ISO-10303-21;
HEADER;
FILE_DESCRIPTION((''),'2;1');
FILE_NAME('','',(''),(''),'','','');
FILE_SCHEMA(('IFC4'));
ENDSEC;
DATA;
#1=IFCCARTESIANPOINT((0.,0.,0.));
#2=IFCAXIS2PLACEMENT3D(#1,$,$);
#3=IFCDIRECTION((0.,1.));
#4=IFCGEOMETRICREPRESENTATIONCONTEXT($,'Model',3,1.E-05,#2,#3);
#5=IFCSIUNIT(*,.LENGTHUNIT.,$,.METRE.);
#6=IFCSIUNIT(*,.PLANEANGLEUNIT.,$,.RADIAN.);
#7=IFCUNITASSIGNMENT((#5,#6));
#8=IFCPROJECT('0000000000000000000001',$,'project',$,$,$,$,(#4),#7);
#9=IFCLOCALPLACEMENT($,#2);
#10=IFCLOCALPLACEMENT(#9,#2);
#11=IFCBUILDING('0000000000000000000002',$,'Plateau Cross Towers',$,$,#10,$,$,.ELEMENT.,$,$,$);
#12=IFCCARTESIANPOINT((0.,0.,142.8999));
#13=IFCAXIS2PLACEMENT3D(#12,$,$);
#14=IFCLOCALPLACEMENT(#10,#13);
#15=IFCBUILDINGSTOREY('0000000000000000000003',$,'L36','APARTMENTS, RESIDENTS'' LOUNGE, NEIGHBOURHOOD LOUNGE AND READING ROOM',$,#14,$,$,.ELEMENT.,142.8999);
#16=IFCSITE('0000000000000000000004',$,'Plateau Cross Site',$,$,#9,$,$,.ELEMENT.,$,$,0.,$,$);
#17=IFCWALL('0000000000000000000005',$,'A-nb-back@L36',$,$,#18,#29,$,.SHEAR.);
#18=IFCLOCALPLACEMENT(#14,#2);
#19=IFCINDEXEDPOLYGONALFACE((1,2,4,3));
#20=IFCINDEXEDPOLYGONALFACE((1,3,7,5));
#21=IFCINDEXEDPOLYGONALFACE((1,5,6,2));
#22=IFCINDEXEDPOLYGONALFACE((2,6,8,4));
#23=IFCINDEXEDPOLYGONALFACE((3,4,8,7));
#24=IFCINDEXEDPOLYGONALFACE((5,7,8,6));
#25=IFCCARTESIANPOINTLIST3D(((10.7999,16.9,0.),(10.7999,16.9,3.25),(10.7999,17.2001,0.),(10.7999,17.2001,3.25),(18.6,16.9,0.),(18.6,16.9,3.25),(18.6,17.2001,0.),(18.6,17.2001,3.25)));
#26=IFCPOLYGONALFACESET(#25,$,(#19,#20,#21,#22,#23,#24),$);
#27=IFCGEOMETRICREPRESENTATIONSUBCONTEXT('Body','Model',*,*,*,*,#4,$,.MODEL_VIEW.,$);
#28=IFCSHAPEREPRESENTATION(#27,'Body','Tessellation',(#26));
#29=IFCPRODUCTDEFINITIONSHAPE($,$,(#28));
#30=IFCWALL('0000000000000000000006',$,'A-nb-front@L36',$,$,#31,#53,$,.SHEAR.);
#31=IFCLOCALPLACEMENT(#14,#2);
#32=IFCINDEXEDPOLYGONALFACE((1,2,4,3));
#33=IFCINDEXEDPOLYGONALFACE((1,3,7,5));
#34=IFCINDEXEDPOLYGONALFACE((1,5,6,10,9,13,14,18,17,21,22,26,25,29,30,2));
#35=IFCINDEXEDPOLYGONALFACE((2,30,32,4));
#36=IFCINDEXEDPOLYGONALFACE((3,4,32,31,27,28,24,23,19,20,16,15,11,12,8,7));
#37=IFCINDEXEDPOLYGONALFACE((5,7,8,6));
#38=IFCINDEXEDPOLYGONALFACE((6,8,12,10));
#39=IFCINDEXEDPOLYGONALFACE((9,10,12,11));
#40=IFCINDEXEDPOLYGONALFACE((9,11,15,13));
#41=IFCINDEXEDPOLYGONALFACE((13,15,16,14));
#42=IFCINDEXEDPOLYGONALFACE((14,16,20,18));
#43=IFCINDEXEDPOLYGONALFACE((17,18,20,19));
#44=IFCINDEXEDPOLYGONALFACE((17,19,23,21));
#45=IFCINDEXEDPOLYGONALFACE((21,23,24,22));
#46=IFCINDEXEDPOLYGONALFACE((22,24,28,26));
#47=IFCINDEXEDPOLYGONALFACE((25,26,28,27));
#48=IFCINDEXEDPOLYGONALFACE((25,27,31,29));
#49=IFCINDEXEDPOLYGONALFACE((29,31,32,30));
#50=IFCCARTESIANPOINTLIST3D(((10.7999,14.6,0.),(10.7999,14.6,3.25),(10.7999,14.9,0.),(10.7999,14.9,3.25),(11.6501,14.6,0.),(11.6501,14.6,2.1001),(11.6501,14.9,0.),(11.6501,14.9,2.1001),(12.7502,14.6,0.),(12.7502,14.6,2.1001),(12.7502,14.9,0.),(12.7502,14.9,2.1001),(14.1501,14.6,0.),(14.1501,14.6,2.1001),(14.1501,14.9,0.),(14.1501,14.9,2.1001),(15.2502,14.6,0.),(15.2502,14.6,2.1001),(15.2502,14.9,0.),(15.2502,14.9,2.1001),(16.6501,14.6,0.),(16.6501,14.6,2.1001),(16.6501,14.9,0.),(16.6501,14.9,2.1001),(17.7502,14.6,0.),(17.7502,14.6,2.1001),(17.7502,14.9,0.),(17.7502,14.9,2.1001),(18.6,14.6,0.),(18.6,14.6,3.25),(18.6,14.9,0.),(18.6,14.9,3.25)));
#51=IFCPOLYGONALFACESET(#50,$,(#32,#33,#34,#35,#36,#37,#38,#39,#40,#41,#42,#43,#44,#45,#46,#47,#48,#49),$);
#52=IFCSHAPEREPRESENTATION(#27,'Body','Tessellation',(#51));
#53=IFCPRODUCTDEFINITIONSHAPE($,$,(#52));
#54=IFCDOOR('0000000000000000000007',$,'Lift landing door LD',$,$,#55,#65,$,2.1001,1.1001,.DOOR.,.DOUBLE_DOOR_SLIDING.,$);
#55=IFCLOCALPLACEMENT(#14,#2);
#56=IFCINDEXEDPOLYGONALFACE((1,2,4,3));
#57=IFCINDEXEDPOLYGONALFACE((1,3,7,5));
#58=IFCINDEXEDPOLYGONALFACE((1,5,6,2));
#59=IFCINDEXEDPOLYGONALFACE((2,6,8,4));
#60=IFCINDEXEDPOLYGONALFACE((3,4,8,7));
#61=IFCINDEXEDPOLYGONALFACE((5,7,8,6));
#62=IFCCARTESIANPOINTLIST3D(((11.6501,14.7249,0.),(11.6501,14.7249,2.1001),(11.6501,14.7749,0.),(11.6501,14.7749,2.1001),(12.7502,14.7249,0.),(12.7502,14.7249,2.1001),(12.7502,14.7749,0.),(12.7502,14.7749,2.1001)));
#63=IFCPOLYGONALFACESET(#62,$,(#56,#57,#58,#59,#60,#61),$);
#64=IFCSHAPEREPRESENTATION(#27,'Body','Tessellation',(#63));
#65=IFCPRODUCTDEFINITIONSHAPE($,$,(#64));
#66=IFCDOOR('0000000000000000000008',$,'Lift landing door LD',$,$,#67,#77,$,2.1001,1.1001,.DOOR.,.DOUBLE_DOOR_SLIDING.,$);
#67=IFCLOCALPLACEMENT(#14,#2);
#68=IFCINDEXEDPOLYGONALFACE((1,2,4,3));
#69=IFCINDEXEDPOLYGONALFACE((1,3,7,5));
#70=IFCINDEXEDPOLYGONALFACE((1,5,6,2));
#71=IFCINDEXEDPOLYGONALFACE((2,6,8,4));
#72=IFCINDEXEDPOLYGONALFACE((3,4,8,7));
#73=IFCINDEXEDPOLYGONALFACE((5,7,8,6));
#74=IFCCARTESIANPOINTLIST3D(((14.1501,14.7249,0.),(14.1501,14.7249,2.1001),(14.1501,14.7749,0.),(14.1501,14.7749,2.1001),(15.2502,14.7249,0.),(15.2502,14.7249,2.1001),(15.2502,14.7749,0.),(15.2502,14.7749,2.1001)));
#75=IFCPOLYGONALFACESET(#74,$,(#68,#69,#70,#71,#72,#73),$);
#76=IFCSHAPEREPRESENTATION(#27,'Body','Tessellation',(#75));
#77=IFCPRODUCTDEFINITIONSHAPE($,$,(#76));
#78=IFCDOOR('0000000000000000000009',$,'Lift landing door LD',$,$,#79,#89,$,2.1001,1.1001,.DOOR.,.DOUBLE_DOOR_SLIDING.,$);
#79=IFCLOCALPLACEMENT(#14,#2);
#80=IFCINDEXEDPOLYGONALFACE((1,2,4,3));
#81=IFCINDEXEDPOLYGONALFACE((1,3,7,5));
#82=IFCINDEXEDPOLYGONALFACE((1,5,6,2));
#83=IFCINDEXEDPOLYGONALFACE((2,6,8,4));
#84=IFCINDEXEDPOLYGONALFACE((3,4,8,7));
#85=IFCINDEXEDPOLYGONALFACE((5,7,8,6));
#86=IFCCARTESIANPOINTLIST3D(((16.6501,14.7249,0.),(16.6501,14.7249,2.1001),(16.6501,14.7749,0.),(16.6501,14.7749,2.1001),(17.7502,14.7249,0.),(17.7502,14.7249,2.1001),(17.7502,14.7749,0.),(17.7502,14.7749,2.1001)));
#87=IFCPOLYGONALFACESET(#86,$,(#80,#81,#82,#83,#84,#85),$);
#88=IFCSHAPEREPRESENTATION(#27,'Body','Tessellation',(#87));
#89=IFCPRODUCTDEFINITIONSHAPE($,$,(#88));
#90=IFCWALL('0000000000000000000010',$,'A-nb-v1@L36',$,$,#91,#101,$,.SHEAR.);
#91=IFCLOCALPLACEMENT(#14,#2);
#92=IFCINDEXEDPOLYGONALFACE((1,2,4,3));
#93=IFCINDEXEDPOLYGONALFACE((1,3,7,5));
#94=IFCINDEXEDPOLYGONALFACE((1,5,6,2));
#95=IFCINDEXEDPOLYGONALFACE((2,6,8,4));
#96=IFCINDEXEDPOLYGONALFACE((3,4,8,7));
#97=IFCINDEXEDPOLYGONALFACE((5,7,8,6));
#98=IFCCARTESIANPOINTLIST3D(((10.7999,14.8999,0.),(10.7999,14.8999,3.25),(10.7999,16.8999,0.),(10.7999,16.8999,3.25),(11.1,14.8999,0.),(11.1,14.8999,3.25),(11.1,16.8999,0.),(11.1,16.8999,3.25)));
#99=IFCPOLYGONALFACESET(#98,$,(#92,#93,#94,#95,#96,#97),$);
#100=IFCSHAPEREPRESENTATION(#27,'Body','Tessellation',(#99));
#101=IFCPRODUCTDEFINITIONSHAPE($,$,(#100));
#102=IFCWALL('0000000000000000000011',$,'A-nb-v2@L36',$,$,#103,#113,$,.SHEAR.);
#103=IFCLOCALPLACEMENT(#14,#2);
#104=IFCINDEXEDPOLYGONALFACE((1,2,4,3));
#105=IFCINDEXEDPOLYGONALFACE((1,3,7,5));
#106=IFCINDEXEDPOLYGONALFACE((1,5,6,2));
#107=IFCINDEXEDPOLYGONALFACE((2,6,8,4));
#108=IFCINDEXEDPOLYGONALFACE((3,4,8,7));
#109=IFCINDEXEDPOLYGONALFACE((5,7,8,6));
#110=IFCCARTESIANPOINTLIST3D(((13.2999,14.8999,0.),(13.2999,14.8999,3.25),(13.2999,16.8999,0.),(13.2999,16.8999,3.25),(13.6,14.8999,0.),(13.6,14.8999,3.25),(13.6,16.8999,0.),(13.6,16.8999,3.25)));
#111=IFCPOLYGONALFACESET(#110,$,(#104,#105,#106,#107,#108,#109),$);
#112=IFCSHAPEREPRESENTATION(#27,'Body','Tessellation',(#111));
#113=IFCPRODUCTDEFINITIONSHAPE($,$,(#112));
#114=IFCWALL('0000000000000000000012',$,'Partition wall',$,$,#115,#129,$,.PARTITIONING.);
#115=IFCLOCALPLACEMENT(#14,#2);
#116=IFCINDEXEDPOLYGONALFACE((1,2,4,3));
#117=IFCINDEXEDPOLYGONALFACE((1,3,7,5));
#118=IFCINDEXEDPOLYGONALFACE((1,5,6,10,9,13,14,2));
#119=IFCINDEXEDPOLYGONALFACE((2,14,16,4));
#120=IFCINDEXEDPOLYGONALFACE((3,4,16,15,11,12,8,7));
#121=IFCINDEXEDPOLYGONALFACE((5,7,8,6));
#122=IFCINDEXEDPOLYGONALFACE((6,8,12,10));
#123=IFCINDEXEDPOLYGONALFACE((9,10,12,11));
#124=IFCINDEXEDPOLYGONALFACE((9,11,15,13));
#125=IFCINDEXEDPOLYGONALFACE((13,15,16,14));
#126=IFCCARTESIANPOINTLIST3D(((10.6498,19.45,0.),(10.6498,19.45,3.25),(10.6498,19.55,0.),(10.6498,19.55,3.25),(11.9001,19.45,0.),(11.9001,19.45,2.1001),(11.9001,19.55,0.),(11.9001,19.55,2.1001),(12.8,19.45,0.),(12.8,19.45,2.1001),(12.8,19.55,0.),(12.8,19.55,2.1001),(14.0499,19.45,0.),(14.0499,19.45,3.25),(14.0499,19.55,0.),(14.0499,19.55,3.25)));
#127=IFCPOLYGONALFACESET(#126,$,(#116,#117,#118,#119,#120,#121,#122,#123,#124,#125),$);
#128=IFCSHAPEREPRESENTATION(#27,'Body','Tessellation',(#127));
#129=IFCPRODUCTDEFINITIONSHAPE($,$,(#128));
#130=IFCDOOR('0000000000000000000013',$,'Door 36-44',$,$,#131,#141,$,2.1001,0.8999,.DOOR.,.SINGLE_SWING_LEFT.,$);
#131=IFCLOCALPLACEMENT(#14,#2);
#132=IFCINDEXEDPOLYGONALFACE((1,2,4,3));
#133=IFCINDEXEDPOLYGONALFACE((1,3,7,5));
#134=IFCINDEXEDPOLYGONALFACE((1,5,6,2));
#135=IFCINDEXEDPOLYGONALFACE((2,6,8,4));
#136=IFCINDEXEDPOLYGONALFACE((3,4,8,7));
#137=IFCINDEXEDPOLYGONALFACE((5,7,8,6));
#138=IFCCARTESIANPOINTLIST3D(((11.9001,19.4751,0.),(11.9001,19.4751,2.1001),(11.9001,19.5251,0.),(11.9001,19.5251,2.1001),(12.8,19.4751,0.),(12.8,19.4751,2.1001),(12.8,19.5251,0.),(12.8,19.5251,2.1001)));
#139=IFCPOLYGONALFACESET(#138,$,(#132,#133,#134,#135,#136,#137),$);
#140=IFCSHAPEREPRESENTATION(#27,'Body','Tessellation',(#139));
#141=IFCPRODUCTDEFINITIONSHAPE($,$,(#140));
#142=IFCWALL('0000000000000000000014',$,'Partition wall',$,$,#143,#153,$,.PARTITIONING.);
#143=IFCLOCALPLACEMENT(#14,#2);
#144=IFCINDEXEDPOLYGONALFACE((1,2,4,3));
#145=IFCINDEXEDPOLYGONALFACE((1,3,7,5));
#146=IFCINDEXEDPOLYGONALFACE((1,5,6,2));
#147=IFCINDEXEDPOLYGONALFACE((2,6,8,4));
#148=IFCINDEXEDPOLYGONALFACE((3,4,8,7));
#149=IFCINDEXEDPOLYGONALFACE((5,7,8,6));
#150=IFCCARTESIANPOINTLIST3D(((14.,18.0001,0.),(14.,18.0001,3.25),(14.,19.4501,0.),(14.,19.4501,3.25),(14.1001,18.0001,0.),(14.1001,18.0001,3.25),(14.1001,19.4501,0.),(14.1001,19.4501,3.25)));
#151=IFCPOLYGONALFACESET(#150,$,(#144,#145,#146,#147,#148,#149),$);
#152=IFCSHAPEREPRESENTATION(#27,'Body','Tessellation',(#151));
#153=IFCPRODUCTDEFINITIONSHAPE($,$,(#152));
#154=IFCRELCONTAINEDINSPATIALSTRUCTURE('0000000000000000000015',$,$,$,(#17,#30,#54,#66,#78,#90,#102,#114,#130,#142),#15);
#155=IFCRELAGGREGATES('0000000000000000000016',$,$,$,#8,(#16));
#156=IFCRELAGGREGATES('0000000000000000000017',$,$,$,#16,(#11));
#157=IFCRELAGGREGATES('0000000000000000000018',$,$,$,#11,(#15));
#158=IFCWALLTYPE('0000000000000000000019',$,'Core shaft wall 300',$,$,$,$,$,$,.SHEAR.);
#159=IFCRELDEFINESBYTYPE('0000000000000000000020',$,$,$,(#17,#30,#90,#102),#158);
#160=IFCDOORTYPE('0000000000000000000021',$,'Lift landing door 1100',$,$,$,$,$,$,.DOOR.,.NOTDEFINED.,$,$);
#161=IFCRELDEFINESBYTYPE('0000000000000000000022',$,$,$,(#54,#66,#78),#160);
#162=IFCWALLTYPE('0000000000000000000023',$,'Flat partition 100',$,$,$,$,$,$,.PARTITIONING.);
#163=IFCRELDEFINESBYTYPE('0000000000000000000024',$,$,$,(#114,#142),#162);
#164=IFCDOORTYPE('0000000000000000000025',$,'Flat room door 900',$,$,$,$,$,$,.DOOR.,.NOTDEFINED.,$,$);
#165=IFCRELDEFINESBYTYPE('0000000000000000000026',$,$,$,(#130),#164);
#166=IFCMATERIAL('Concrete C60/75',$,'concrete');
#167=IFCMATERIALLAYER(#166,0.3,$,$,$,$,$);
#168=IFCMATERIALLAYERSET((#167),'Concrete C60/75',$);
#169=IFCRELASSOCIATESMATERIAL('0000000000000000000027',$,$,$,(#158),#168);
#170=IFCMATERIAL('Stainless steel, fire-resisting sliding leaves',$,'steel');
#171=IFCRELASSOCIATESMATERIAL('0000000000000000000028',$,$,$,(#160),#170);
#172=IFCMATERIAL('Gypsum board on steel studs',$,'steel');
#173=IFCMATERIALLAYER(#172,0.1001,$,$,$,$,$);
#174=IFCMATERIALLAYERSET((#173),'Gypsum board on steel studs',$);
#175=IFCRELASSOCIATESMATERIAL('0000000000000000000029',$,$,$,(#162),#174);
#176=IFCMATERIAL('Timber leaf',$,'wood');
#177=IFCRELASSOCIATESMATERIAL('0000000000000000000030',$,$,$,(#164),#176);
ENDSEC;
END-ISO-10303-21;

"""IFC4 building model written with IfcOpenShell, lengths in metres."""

from ifc_helpers import new_model, si_unit, direction, frame, frame_2d, origin, place, context, subcontext, project, spatial, rectangle, extrude, material, layer, layer_set, type_object, element, fill, save


model = new_model("IFC4")

# Units and contexts
model_context = context("Model", 3, precision=1e-05, world=origin(), true_north=direction((0.0, 1.0)))
body_context = subcontext(model_context, "Body", "Model", "MODEL_VIEW")
ifc_project = project(units=[si_unit("LENGTHUNIT", "METRE"), si_unit("PLANEANGLEUNIT", "RADIAN")], contexts=[model_context])

# Site, building, storey
site_placement = place(None, origin())
site = spatial("IfcSite", under=ifc_project, at=site_placement, Name="Plateau Cross Site", CompositionType="ELEMENT", RefElevation=0.0)
building_placement = place(site_placement, origin())
building = spatial("IfcBuilding", under=site, at=building_placement, Name="Plateau Cross Towers", CompositionType="ELEMENT")
storey_placement = place(building_placement, frame((0.0, 0.0, 142.8999)))
storey = spatial("IfcBuildingStorey", under=building, at=storey_placement, Name="L36", Description="APARTMENTS, RESIDENTS' LOUNGE, NEIGHBOURHOOD LOUNGE AND READING ROOM", CompositionType="ELEMENT", Elevation=142.8999)

# Wall
ifc_material_1 = material(Name="Concrete C60/75", Category="concrete")
ifc_layer_1 = layer(ifc_material_1, 0.3)
ifc_layer_set_1 = layer_set([ifc_layer_1], Name="Concrete C60/75")
wall_type_1 = type_object("IfcWallType", Name="Core shaft wall 300", PredefinedType="SHEAR", material=ifc_layer_set_1)
wall_1_placement = place(storey_placement, frame((10.8, 17.05, 0.0), z_axis=(0.0, 0.0, 1.0), x_axis=(1.0, 0.0, 0.0)))
element("IfcWall", 1, at=wall_1_placement, inside=storey, type_object=wall_type_1, Name="A-nb-back@L36", PredefinedType="SHEAR", context=body_context, shape_type="SweptSolid", body=[
    extrude(rectangle(XDim=7.8, YDim=0.3, at=frame_2d((3.8999, 0.0))), origin(), (0.0, 0.0, 1.0), 3.25),
])

# Wall, openings, doors
wall_2_placement = place(storey_placement, frame((10.8, 14.75, 0.0), z_axis=(0.0, 0.0, 1.0), x_axis=(1.0, 0.0, 0.0)))
wall_2 = element("IfcWall", 2, at=wall_2_placement, inside=storey, type_object=wall_type_1, Name="A-nb-front@L36", PredefinedType="SHEAR", context=body_context, shape_type="SweptSolid", body=[
    extrude(rectangle(XDim=7.8, YDim=0.3, at=frame_2d((3.8999, 0.0))), origin(), (0.0, 0.0, 1.0), 3.25),
])
opening_1_placement = place(wall_2_placement, frame((0.8501, 0.0, 0.0)))
opening_1 = element("IfcOpeningElement", 3, at=opening_1_placement, cuts=wall_2, PredefinedType="OPENING", context=body_context, shape_type="SweptSolid", body=[
    extrude(rectangle(XDim=1.1001, YDim=2.1001, at=frame_2d((0.55, 1.05))), frame((0.0, 0.1599, 0.0), z_axis=(0.0, -1.0, 0.0), x_axis=(1.0, 0.0, 0.0)), (0.0, 0.0, 1.0), 0.3201),
])
opening_2_placement = place(wall_2_placement, frame((3.3501, 0.0, 0.0)))
opening_2 = element("IfcOpeningElement", 4, at=opening_2_placement, cuts=wall_2, PredefinedType="OPENING", context=body_context, shape_type="SweptSolid", body=[
    extrude(rectangle(XDim=1.1001, YDim=2.1001, at=frame_2d((0.55, 1.05))), frame((0.0, 0.1599, 0.0), z_axis=(0.0, -1.0, 0.0), x_axis=(1.0, 0.0, 0.0)), (0.0, 0.0, 1.0), 0.3201),
])
opening_3_placement = place(wall_2_placement, frame((5.8501, 0.0, 0.0)))
opening_3 = element("IfcOpeningElement", 5, at=opening_3_placement, cuts=wall_2, PredefinedType="OPENING", context=body_context, shape_type="SweptSolid", body=[
    extrude(rectangle(XDim=1.1001, YDim=2.1001, at=frame_2d((0.55, 1.05))), frame((0.0, 0.1599, 0.0), z_axis=(0.0, -1.0, 0.0), x_axis=(1.0, 0.0, 0.0)), (0.0, 0.0, 1.0), 0.3201),
])
ifc_material_2 = material(Name="Stainless steel, fire-resisting sliding leaves", Category="steel")
door_type_1 = type_object("IfcDoorType", Name="Lift landing door 1100", OperationType="NOTDEFINED", PredefinedType="DOOR", material=ifc_material_2)
door_1_placement = place(opening_1_placement, origin())
door_1 = element("IfcDoor", 6, at=door_1_placement, inside=storey, type_object=door_type_1, Name="Lift landing door LD", OperationType="DOUBLE_DOOR_SLIDING", OverallHeight=2.1001, OverallWidth=1.1001, PredefinedType="DOOR", context=body_context, shape_type="SweptSolid", body=[
    extrude(rectangle(XDim=1.1001, YDim=2.1001, at=frame_2d((0.55, 1.05))), frame((0.0, 0.0249, 0.0), z_axis=(0.0, -1.0, 0.0), x_axis=(1.0, 0.0, 0.0)), (0.0, 0.0, 1.0), 0.05),
])
fill(opening_1, door_1)
door_2_placement = place(opening_2_placement, origin())
door_2 = element("IfcDoor", 7, at=door_2_placement, inside=storey, type_object=door_type_1, Name="Lift landing door LD", OperationType="DOUBLE_DOOR_SLIDING", OverallHeight=2.1001, OverallWidth=1.1001, PredefinedType="DOOR", context=body_context, shape_type="SweptSolid", body=[
    extrude(rectangle(XDim=1.1001, YDim=2.1001, at=frame_2d((0.55, 1.05))), frame((0.0, 0.0249, 0.0), z_axis=(0.0, -1.0, 0.0), x_axis=(1.0, 0.0, 0.0)), (0.0, 0.0, 1.0), 0.05),
])
fill(opening_2, door_2)
door_3_placement = place(opening_3_placement, origin())
door_3 = element("IfcDoor", 8, at=door_3_placement, inside=storey, type_object=door_type_1, Name="Lift landing door LD", OperationType="DOUBLE_DOOR_SLIDING", OverallHeight=2.1001, OverallWidth=1.1001, PredefinedType="DOOR", context=body_context, shape_type="SweptSolid", body=[
    extrude(rectangle(XDim=1.1001, YDim=2.1001, at=frame_2d((0.55, 1.05))), frame((0.0, 0.0249, 0.0), z_axis=(0.0, -1.0, 0.0), x_axis=(1.0, 0.0, 0.0)), (0.0, 0.0, 1.0), 0.05),
])
fill(opening_3, door_3)

# Walls
for number, where, z_axis, x_axis, name in (
    (9, (10.95, 14.8999, 0.0), (0.0, 0.0, 1.0), (0.0, 1.0, 0.0), "A-nb-v1@L36"),
    (10, (13.45, 14.8999, 0.0), (0.0, 0.0, 1.0), (0.0, 1.0, 0.0), "A-nb-v2@L36"),
):
    element("IfcWall", number, at=place(storey_placement, frame(where, z_axis=z_axis, x_axis=x_axis)), inside=storey, type_object=wall_type_1, Name=name, PredefinedType="SHEAR", context=body_context, shape_type="SweptSolid", body=[
        extrude(rectangle(XDim=2.0, YDim=0.3, at=frame_2d((1.0, 0.0))), origin(), (0.0, 0.0, 1.0), 3.25),
    ])

# Wall, opening, door
ifc_material_3 = material(Name="Gypsum board on steel studs", Category="steel")
ifc_layer_2 = layer(ifc_material_3, 0.1001)
ifc_layer_set_2 = layer_set([ifc_layer_2], Name="Gypsum board on steel studs")
wall_type_2 = type_object("IfcWallType", Name="Flat partition 100", PredefinedType="PARTITIONING", material=ifc_layer_set_2)
wall_3_placement = place(storey_placement, frame((14.05, 19.5, 0.0), z_axis=(0.0, 0.0, 1.0), x_axis=(-1.0, 0.0, 0.0)))
wall_3 = element("IfcWall", 11, at=wall_3_placement, inside=storey, type_object=wall_type_2, Name="Partition wall", PredefinedType="PARTITIONING", context=body_context, shape_type="SweptSolid", body=[
    extrude(rectangle(XDim=3.4001, YDim=0.1001, at=frame_2d((1.7002, 0.0))), origin(), (0.0, 0.0, 1.0), 3.25),
])
opening_4_placement = place(wall_3_placement, frame((1.25, 0.0, 0.0)))
opening_4 = element("IfcOpeningElement", 12, at=opening_4_placement, cuts=wall_3, PredefinedType="OPENING", context=body_context, shape_type="SweptSolid", body=[
    extrude(rectangle(XDim=0.8999, YDim=2.1001, at=frame_2d((0.45, 1.05))), frame((0.0, 0.0601, 0.0), z_axis=(0.0, -1.0, 0.0), x_axis=(1.0, 0.0, 0.0)), (0.0, 0.0, 1.0), 0.1201),
])
ifc_material_4 = material(Name="Timber leaf", Category="wood")
door_type_2 = type_object("IfcDoorType", Name="Flat room door 900", OperationType="NOTDEFINED", PredefinedType="DOOR", material=ifc_material_4)
door_4_placement = place(opening_4_placement, origin())
door_4 = element("IfcDoor", 13, at=door_4_placement, inside=storey, type_object=door_type_2, Name="Door 36-44", OperationType="SINGLE_SWING_LEFT", OverallHeight=2.1001, OverallWidth=0.8999, PredefinedType="DOOR", context=body_context, shape_type="SweptSolid", body=[
    extrude(rectangle(XDim=0.8999, YDim=2.1001, at=frame_2d((0.45, 1.05))), frame((0.0, 0.0249, 0.0), z_axis=(0.0, -1.0, 0.0), x_axis=(1.0, 0.0, 0.0)), (0.0, 0.0, 1.0), 0.05),
])
fill(opening_4, door_4)

# Wall
wall_4_placement = place(storey_placement, frame((14.05, 18.0, 0.0), z_axis=(0.0, 0.0, 1.0), x_axis=(0.0, 1.0, 0.0)))
element("IfcWall", 14, at=wall_4_placement, inside=storey, type_object=wall_type_2, Name="Partition wall", PredefinedType="PARTITIONING", context=body_context, shape_type="SweptSolid", body=[
    extrude(rectangle(XDim=1.45, YDim=0.1001, at=frame_2d((0.7251, 0.0))), origin(), (0.0, 0.0, 1.0), 3.25),
])

save(model, "model.ifc")
